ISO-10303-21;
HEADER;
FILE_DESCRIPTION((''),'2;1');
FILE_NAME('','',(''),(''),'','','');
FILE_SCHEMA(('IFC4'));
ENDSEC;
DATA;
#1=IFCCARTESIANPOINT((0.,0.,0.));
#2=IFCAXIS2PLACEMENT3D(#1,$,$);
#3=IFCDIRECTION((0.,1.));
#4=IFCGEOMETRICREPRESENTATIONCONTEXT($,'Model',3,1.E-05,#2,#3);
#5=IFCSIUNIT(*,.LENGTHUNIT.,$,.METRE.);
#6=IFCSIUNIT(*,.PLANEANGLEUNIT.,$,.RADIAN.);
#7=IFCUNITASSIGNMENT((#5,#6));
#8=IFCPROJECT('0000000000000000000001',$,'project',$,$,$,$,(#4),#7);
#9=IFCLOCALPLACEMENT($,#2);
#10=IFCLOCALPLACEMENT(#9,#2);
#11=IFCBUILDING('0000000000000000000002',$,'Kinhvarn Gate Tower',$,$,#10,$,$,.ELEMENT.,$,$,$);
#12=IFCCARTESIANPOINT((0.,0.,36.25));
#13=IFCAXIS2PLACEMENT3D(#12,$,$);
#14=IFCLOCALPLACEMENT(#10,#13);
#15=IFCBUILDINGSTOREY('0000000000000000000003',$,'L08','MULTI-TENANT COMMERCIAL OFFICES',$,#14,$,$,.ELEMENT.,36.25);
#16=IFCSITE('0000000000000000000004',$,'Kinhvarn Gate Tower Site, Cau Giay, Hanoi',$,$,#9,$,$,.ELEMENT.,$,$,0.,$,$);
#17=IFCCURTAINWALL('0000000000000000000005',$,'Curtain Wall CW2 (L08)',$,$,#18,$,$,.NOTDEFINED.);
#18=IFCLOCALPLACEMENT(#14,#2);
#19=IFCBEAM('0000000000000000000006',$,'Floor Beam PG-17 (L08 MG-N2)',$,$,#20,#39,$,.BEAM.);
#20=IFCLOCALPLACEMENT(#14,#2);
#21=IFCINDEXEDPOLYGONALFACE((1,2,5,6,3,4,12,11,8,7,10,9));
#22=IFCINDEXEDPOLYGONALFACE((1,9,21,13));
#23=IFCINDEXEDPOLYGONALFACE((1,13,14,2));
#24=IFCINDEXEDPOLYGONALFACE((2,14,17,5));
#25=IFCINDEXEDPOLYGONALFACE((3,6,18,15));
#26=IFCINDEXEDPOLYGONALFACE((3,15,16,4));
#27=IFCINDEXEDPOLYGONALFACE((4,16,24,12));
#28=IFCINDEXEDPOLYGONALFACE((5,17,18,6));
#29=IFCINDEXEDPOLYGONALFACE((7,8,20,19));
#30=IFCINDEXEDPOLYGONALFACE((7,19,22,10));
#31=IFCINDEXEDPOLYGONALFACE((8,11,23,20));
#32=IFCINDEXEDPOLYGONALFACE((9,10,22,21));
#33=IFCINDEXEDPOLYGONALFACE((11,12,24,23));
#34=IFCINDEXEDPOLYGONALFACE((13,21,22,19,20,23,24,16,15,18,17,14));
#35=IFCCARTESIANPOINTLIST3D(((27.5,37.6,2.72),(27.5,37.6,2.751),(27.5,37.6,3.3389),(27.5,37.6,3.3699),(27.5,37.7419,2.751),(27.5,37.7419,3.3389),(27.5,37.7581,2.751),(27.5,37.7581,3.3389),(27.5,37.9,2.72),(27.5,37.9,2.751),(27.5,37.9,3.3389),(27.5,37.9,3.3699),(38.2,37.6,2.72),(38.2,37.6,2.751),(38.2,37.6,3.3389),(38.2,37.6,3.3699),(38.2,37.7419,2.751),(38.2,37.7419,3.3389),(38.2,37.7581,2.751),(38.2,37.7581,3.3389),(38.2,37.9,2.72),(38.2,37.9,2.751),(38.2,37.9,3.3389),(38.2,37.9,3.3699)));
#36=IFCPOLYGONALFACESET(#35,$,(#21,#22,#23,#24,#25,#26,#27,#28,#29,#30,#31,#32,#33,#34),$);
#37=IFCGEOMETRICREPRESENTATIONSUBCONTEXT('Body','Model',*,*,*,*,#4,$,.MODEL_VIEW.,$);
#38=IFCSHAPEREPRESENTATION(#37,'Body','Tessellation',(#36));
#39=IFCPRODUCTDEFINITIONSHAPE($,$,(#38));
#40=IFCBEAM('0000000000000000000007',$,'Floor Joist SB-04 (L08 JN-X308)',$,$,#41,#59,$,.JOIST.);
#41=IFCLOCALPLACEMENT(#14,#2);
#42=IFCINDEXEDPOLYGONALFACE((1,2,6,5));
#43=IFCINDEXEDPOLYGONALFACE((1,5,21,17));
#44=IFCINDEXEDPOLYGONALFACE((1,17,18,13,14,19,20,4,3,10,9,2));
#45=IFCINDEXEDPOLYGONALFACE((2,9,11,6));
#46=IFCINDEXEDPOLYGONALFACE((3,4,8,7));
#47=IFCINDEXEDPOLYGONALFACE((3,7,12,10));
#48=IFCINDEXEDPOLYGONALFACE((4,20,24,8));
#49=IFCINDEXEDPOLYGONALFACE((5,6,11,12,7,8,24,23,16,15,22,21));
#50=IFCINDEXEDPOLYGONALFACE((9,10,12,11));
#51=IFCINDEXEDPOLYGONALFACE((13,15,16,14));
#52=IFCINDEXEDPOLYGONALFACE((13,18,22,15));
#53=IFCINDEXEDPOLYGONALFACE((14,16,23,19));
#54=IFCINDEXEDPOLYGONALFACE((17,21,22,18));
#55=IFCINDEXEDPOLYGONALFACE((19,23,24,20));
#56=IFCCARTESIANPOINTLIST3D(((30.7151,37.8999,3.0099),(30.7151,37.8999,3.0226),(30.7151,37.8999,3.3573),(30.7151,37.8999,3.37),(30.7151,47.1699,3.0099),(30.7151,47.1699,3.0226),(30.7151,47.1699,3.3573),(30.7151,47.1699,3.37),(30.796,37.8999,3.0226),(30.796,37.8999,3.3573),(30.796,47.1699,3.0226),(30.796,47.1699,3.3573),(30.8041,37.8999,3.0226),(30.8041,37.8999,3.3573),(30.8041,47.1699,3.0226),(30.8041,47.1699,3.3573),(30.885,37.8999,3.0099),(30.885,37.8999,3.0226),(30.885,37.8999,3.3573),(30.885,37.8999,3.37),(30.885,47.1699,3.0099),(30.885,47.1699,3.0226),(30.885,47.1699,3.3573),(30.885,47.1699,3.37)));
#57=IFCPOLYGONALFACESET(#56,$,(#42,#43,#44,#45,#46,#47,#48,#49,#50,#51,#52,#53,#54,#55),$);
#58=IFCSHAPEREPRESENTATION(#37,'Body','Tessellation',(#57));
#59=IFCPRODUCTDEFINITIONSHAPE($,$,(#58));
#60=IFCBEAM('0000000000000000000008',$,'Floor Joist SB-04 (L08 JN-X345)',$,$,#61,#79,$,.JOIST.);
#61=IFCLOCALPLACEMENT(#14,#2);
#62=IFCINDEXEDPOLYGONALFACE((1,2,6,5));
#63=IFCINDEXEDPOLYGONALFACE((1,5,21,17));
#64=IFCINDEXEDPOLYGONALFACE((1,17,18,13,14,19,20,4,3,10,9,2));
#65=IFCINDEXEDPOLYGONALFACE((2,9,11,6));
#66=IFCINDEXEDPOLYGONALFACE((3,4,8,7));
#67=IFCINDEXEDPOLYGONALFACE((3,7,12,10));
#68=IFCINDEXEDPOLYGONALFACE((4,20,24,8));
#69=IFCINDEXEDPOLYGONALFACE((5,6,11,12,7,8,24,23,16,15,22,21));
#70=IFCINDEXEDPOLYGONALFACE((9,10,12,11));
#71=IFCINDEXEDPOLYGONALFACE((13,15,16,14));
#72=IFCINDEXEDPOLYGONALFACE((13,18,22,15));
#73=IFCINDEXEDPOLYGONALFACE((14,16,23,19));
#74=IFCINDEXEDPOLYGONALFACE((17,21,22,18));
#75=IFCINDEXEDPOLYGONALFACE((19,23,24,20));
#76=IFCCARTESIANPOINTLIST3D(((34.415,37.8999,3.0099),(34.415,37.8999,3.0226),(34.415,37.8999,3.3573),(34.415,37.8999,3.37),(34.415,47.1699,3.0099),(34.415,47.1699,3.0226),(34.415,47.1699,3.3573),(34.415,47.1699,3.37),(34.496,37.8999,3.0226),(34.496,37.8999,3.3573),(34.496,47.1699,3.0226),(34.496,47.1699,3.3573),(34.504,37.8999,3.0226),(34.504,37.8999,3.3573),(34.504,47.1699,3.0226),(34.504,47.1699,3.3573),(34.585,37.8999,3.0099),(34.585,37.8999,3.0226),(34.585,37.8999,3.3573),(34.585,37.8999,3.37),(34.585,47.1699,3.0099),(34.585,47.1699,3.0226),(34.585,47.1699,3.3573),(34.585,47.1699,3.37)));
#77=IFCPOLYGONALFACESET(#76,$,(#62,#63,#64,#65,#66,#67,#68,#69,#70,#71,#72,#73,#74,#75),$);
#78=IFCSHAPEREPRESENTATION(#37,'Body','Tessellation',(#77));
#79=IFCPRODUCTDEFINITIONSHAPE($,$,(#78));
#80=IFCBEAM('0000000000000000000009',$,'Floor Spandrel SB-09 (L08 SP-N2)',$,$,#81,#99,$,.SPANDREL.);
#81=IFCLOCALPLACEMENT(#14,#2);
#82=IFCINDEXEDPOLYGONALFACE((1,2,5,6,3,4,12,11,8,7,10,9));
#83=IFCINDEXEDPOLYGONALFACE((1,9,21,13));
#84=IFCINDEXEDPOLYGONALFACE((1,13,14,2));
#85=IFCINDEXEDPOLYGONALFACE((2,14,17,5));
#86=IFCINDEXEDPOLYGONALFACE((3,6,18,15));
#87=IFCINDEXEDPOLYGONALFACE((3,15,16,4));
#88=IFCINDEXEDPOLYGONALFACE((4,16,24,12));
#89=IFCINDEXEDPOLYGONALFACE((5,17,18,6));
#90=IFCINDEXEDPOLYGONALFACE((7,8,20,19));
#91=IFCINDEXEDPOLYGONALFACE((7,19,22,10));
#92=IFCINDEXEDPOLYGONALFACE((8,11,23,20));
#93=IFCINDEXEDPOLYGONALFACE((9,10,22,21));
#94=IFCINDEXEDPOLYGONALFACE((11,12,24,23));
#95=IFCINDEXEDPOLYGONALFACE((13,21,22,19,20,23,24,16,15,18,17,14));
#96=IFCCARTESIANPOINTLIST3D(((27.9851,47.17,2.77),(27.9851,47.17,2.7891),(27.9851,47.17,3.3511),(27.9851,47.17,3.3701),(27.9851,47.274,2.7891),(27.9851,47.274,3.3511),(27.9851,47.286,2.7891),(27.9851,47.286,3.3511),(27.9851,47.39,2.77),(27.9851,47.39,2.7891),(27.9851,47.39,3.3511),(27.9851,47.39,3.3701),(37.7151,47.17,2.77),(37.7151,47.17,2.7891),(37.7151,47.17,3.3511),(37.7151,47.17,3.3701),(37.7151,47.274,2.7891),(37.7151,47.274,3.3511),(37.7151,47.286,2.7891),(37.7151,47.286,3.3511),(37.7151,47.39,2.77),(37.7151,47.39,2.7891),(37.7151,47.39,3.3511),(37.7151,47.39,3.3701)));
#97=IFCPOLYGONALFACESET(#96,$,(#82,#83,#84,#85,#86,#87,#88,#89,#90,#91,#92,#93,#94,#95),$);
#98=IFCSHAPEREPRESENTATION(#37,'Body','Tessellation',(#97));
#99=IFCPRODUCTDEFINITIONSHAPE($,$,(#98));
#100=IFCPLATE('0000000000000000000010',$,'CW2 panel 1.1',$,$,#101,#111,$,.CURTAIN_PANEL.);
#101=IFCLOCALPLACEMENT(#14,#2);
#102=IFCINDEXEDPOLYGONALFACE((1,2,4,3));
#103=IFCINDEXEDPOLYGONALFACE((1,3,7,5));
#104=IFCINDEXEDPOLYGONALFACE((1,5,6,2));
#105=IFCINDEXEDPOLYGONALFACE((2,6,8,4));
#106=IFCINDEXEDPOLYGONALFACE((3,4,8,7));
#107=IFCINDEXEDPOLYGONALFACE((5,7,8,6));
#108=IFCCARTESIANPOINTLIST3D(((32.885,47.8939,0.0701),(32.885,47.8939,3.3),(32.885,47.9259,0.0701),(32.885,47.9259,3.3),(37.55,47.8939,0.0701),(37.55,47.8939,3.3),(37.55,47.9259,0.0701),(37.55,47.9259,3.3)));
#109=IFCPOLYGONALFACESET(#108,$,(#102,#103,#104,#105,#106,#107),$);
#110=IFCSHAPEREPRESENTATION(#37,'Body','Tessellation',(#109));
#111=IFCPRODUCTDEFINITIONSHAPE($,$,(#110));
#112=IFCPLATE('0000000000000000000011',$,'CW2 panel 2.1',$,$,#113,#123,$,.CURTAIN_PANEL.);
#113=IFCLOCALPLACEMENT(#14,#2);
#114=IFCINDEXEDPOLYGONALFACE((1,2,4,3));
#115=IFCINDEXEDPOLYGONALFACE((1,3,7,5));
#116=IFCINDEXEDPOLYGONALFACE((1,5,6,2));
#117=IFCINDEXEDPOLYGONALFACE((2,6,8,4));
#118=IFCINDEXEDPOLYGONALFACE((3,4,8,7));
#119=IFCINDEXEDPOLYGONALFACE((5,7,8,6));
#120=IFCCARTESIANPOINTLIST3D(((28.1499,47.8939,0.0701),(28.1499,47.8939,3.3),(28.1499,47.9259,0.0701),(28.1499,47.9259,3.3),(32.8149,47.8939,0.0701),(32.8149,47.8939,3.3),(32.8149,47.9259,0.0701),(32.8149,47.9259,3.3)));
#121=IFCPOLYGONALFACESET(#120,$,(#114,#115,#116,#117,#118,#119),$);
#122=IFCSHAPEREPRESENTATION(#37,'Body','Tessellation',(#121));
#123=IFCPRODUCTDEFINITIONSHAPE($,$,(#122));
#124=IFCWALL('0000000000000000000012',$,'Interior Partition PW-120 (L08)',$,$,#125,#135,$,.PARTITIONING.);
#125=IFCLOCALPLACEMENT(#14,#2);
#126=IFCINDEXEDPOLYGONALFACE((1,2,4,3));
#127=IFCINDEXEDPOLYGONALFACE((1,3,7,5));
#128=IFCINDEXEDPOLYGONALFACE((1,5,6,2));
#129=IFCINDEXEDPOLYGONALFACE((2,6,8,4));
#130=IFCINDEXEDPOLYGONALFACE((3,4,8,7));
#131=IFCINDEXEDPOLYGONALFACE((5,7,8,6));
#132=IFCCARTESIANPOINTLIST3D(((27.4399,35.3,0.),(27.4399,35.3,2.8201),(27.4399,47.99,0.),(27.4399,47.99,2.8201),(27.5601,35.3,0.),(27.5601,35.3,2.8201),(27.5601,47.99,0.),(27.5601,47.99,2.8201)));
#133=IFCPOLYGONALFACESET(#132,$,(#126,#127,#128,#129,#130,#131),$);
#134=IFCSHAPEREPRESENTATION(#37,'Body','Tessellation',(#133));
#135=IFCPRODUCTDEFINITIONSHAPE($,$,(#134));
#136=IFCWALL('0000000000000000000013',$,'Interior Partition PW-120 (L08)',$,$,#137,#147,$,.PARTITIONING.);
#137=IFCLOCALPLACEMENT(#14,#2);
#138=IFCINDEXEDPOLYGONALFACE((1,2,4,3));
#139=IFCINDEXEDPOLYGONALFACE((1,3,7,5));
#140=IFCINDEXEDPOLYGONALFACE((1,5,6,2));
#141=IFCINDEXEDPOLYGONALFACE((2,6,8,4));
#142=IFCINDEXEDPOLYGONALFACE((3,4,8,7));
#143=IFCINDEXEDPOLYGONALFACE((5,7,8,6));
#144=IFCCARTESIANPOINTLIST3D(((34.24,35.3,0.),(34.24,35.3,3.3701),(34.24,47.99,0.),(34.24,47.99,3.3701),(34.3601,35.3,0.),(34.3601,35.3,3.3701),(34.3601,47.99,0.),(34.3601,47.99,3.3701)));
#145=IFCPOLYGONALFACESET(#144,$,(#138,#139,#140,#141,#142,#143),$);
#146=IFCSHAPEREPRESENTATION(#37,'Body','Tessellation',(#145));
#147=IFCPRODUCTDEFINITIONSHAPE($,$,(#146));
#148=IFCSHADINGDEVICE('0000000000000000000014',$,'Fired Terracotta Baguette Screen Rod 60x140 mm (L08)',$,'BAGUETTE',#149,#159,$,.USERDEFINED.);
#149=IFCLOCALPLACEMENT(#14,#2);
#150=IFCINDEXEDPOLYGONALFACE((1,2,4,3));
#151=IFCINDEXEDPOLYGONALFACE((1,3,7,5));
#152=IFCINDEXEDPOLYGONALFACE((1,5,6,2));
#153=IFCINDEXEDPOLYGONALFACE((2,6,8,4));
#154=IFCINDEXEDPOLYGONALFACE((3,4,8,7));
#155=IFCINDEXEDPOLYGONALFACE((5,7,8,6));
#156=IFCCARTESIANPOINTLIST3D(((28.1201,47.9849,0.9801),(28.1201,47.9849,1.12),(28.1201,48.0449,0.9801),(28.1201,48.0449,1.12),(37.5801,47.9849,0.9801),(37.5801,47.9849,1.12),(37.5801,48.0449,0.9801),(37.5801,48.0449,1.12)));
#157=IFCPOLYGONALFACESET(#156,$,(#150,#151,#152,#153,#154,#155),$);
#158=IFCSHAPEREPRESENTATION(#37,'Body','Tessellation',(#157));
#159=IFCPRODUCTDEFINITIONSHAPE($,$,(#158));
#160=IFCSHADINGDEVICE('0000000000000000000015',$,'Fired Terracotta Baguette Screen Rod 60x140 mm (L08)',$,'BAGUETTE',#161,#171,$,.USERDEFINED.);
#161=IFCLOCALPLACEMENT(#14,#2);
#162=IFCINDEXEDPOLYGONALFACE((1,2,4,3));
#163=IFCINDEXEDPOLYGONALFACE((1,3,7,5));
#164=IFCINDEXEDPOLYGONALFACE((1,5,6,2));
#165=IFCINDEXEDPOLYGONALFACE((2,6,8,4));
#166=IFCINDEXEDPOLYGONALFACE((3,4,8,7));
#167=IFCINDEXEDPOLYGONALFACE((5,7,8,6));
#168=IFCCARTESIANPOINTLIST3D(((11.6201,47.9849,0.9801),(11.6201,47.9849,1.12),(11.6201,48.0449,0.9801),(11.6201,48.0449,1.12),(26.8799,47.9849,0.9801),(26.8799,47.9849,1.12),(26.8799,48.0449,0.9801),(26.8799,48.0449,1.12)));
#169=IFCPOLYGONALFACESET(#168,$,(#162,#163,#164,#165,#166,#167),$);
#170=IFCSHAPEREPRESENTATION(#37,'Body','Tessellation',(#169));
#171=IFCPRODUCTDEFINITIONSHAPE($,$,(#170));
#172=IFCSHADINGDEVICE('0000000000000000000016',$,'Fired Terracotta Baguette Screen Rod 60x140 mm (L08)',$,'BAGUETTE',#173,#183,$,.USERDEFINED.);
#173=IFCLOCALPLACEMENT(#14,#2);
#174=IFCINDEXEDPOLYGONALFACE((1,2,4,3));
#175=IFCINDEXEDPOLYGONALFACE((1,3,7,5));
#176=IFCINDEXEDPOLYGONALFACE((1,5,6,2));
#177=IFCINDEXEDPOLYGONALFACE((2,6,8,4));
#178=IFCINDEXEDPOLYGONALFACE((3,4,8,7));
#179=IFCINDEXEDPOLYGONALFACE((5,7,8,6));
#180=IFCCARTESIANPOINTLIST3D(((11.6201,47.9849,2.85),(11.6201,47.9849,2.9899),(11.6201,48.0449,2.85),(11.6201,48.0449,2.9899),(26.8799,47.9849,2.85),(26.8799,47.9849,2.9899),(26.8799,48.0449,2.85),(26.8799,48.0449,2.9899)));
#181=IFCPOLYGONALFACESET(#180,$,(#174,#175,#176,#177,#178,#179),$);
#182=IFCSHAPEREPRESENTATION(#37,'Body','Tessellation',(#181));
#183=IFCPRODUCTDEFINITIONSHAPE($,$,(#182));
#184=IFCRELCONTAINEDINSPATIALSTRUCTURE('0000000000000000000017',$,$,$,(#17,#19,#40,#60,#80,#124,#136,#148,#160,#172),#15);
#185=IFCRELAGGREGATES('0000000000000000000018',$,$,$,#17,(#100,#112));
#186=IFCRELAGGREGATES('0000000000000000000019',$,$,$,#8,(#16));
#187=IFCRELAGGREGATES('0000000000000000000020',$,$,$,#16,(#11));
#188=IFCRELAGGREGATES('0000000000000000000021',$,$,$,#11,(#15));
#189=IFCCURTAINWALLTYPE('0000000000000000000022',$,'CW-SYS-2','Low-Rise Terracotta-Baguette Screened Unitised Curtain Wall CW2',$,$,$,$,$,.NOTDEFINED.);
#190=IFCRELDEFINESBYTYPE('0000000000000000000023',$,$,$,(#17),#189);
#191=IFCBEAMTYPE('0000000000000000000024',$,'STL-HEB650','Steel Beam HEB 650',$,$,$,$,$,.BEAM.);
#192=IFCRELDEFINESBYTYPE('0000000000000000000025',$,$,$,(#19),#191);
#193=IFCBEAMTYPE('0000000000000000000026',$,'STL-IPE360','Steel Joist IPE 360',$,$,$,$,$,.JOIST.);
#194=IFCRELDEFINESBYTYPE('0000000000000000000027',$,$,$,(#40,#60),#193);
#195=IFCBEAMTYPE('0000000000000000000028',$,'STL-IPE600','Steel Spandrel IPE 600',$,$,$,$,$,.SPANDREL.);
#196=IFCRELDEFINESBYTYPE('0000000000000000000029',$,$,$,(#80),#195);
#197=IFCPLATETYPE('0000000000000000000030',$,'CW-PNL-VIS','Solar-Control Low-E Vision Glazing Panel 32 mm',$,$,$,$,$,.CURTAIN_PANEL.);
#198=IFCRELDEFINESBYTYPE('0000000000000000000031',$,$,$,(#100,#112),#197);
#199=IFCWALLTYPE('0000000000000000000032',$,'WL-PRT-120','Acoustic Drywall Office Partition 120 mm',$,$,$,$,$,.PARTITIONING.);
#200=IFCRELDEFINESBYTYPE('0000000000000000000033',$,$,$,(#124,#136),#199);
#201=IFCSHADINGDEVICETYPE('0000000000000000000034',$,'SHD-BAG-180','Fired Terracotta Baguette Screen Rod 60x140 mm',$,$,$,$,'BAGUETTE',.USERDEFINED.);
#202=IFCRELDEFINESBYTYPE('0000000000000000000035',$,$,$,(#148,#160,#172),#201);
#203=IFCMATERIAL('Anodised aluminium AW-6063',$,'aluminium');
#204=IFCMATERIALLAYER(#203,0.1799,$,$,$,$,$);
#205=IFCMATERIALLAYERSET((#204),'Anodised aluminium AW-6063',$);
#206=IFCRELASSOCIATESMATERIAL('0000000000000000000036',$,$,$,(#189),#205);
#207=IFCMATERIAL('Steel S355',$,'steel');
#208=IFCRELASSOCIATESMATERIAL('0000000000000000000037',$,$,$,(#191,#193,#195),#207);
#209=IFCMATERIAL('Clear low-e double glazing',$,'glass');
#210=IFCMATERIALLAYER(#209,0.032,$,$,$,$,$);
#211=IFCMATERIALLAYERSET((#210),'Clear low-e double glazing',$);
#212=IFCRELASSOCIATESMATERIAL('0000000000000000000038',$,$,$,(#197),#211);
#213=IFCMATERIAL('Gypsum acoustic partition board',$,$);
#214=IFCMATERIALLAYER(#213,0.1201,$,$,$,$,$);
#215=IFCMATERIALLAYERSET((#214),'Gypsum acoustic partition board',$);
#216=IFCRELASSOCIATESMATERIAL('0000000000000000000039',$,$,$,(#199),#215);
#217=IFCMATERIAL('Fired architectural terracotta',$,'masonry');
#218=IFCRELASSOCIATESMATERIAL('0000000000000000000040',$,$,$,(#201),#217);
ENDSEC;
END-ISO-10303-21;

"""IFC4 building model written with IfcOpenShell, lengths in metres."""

from ifc_helpers import new_model, si_unit, direction, frame, frame_2d, origin, origin_2d, place, context, subcontext, project, spatial, rectangle, i_section, extrude, material, layer, layer_set, material_profile, profile_set, type_object, element, aggregate, save


model = new_model("IFC4")

# Units and contexts
model_context = context("Model", 3, precision=1e-05, world=origin(), true_north=direction((0.0, 1.0)))
body_context = subcontext(model_context, "Body", "Model", "MODEL_VIEW")
ifc_project = project(units=[si_unit("LENGTHUNIT", "METRE"), si_unit("PLANEANGLEUNIT", "RADIAN")], contexts=[model_context])

# Site, building, storey
site_placement = place(None, origin())
site = spatial("IfcSite", under=ifc_project, at=site_placement, Name="Kinhvarn Gate Tower Site, Cau Giay, Hanoi", CompositionType="ELEMENT", RefElevation=0.0)
building_placement = place(site_placement, origin())
building = spatial("IfcBuilding", under=site, at=building_placement, Name="Kinhvarn Gate Tower", CompositionType="ELEMENT")
storey_placement = place(building_placement, frame((0.0, 0.0, 36.25)))
storey = spatial("IfcBuildingStorey", under=building, at=storey_placement, Name="L08", Description="MULTI-TENANT COMMERCIAL OFFICES", CompositionType="ELEMENT", Elevation=36.25)

# Curtain wall
ifc_material_1 = material(Name="Anodised aluminium AW-6063", Category="aluminium")
ifc_layer_1 = layer(ifc_material_1, 0.1799)
ifc_layer_set_1 = layer_set([ifc_layer_1], Name="Anodised aluminium AW-6063")
curtain_wall_type = type_object("IfcCurtainWallType", Name="CW-SYS-2", Description="Low-Rise Terracotta-Baguette Screened Unitised Curtain Wall CW2", PredefinedType="NOTDEFINED", material=ifc_layer_set_1)
curtain_wall_1_placement = place(storey_placement, origin())
curtain_wall_1 = element("IfcCurtainWall", 1, at=curtain_wall_1_placement, inside=storey, type_object=curtain_wall_type, Name="Curtain Wall CW2 (L08)", PredefinedType="NOTDEFINED")

# Beams
ifc_material_2 = material(Name="Steel S355", Category="steel")
ifc_material_profile_1 = material_profile(ifc_material_2, i_section(OverallWidth=0.3, OverallDepth=0.6499, WebThickness=0.0161, FlangeThickness=0.031, at=origin_2d()), Name="HEB 650")
ifc_profile_set_1 = profile_set([ifc_material_profile_1], Name="Steel S355")
beam_type_1 = type_object("IfcBeamType", Name="STL-HEB650", Description="Steel Beam HEB 650", PredefinedType="BEAM", material=ifc_profile_set_1)
beam_1_placement = place(storey_placement, frame((27.5, 37.75, 3.0449), z_axis=(1.0, 0.0, 0.0), x_axis=(0.0, 1.0, 0.0)))
element("IfcBeam", 2, at=beam_1_placement, inside=storey, type_object=beam_type_1, Name="Floor Beam PG-17 (L08 MG-N2)", PredefinedType="BEAM", context=body_context, shape_type="SweptSolid", body=[
    extrude(i_section(OverallWidth=0.3, OverallDepth=0.6499, WebThickness=0.0161, FlangeThickness=0.031, at=origin_2d()), origin(), (0.0, 0.0, 1.0), 10.7),
])
ifc_material_profile_2 = material_profile(ifc_material_2, i_section(OverallWidth=0.1699, OverallDepth=0.3601, WebThickness=0.0081, FlangeThickness=0.0127, at=origin_2d()), Name="IPE 360")
ifc_profile_set_2 = profile_set([ifc_material_profile_2], Name="Steel S355")
beam_type_2 = type_object("IfcBeamType", Name="STL-IPE360", Description="Steel Joist IPE 360", PredefinedType="JOIST", material=ifc_profile_set_2)
for number, where, z_axis, x_axis, name in (
    (3, (30.8, 37.8999, 3.1899), (0.0, 1.0, 0.0), (-1.0, 0.0, 0.0), "Floor Joist SB-04 (L08 JN-X308)"),
    (4, (34.5, 37.8999, 3.1899), (0.0, 1.0, 0.0), (-1.0, 0.0, 0.0), "Floor Joist SB-04 (L08 JN-X345)"),
):
    element("IfcBeam", number, at=place(storey_placement, frame(where, z_axis=z_axis, x_axis=x_axis)), inside=storey, type_object=beam_type_2, Name=name, PredefinedType="JOIST", context=body_context, shape_type="SweptSolid", body=[
        extrude(i_section(OverallWidth=0.1699, OverallDepth=0.3601, WebThickness=0.0081, FlangeThickness=0.0127, at=origin_2d()), origin(), (0.0, 0.0, 1.0), 9.27),
    ])
ifc_material_profile_3 = material_profile(ifc_material_2, i_section(OverallWidth=0.22, OverallDepth=0.6001, WebThickness=0.012, FlangeThickness=0.019, at=origin_2d()), Name="IPE 600")
ifc_profile_set_3 = profile_set([ifc_material_profile_3], Name="Steel S355")
beam_type_3 = type_object("IfcBeamType", Name="STL-IPE600", Description="Steel Spandrel IPE 600", PredefinedType="SPANDREL", material=ifc_profile_set_3)
beam_2_placement = place(storey_placement, frame((27.9851, 47.28, 3.0701), z_axis=(1.0, 0.0, 0.0), x_axis=(0.0, 1.0, 0.0)))
element("IfcBeam", 5, at=beam_2_placement, inside=storey, type_object=beam_type_3, Name="Floor Spandrel SB-09 (L08 SP-N2)", PredefinedType="SPANDREL", context=body_context, shape_type="SweptSolid", body=[
    extrude(i_section(OverallWidth=0.22, OverallDepth=0.6001, WebThickness=0.012, FlangeThickness=0.019, at=origin_2d()), origin(), (0.0, 0.0, 1.0), 9.73),
])

# Plates
ifc_material_3 = material(Name="Clear low-e double glazing", Category="glass")
ifc_layer_2 = layer(ifc_material_3, 0.032)
ifc_layer_set_2 = layer_set([ifc_layer_2], Name="Clear low-e double glazing")
plate_type = type_object("IfcPlateType", Name="CW-PNL-VIS", Description="Solar-Control Low-E Vision Glazing Panel 32 mm", PredefinedType="CURTAIN_PANEL", material=ifc_layer_set_2)
plate_1_placement = place(storey_placement, frame((35.2175, 47.9099, 0.0701), z_axis=(0.0, 0.0, 1.0), x_axis=(-1.0, 0.0, 0.0)))
plate_1 = element("IfcPlate", 6, at=plate_1_placement, type_object=plate_type, Name="CW2 panel 1.1", PredefinedType="CURTAIN_PANEL", context=body_context, shape_type="SweptSolid", body=[
    extrude(rectangle(XDim=4.665, YDim=0.032, at=origin_2d()), origin(), (0.0, 0.0, 1.0), 3.23),
])
plate_2_placement = place(storey_placement, frame((30.4824, 47.9099, 0.0701), z_axis=(0.0, 0.0, 1.0), x_axis=(-1.0, 0.0, 0.0)))
plate_2 = element("IfcPlate", 7, at=plate_2_placement, type_object=plate_type, Name="CW2 panel 2.1", PredefinedType="CURTAIN_PANEL", context=body_context, shape_type="SweptSolid", body=[
    extrude(rectangle(XDim=4.665, YDim=0.032, at=origin_2d()), origin(), (0.0, 0.0, 1.0), 3.23),
])
aggregate(curtain_wall_1, [plate_1, plate_2])

# Walls
ifc_material_4 = material(Name="Gypsum acoustic partition board")
ifc_layer_3 = layer(ifc_material_4, 0.1201)
ifc_layer_set_3 = layer_set([ifc_layer_3], Name="Gypsum acoustic partition board")
wall_type = type_object("IfcWallType", Name="WL-PRT-120", Description="Acoustic Drywall Office Partition 120 mm", PredefinedType="PARTITIONING", material=ifc_layer_set_3)
wall_1_placement = place(storey_placement, frame((27.5, 35.3, 0.0), z_axis=(0.0, 0.0, 1.0), x_axis=(0.0, 1.0, 0.0)))
element("IfcWall", 8, at=wall_1_placement, inside=storey, type_object=wall_type, Name="Interior Partition PW-120 (L08)", PredefinedType="PARTITIONING", context=body_context, shape_type="SweptSolid", body=[
    extrude(rectangle(XDim=12.6899, YDim=0.1201, at=frame_2d((6.345, 0.0))), origin(), (0.0, 0.0, 1.0), 2.8201),
])
wall_2_placement = place(storey_placement, frame((34.3, 35.3, 0.0), z_axis=(0.0, 0.0, 1.0), x_axis=(0.0, 1.0, 0.0)))
element("IfcWall", 9, at=wall_2_placement, inside=storey, type_object=wall_type, Name="Interior Partition PW-120 (L08)", PredefinedType="PARTITIONING", context=body_context, shape_type="SweptSolid", body=[
    extrude(rectangle(XDim=12.6899, YDim=0.1201, at=frame_2d((6.345, 0.0))), origin(), (0.0, 0.0, 1.0), 3.3701),
])

# Shading devices
ifc_material_5 = material(Name="Fired architectural terracotta", Category="masonry")
ifc_material_profile_4 = material_profile(ifc_material_5, rectangle(XDim=0.0601, YDim=0.1399, at=origin_2d()), Name="TC 60x140")
ifc_profile_set_4 = profile_set([ifc_material_profile_4], Name="Fired architectural terracotta")
shading_device_type = type_object("IfcShadingDeviceType", Name="SHD-BAG-180", Description="Fired Terracotta Baguette Screen Rod 60x140 mm", ElementType="BAGUETTE", PredefinedType="USERDEFINED", material=ifc_profile_set_4)
shading_device_placement = place(storey_placement, frame((37.5801, 48.0149, 1.05), z_axis=(-1.0, 0.0, 0.0), x_axis=(0.0, -1.0, 0.0)))
element("IfcShadingDevice", 10, at=shading_device_placement, inside=storey, type_object=shading_device_type, Name="Fired Terracotta Baguette Screen Rod 60x140 mm (L08)", ObjectType="BAGUETTE", PredefinedType="USERDEFINED", context=body_context, shape_type="SweptSolid", body=[
    extrude(rectangle(XDim=0.0601, YDim=0.1399, at=origin_2d()), origin(), (0.0, 0.0, 1.0), 9.46),
])
for number, where, z_axis, x_axis, name in (
    (11, (26.8799, 48.0149, 1.05), (-1.0, 0.0, 0.0), (0.0, -1.0, 0.0), "Fired Terracotta Baguette Screen Rod 60x140 mm (L08)"),
    (12, (26.8799, 48.0149, 2.9199), (-1.0, 0.0, 0.0), (0.0, -1.0, 0.0), "Fired Terracotta Baguette Screen Rod 60x140 mm (L08)"),
):
    element("IfcShadingDevice", number, at=place(storey_placement, frame(where, z_axis=z_axis, x_axis=x_axis)), inside=storey, type_object=shading_device_type, Name=name, ObjectType="BAGUETTE", PredefinedType="USERDEFINED", context=body_context, shape_type="SweptSolid", body=[
        extrude(rectangle(XDim=0.0601, YDim=0.1399, at=origin_2d()), origin(), (0.0, 0.0, 1.0), 15.2598),
    ])

save(model, "model.ifc")
